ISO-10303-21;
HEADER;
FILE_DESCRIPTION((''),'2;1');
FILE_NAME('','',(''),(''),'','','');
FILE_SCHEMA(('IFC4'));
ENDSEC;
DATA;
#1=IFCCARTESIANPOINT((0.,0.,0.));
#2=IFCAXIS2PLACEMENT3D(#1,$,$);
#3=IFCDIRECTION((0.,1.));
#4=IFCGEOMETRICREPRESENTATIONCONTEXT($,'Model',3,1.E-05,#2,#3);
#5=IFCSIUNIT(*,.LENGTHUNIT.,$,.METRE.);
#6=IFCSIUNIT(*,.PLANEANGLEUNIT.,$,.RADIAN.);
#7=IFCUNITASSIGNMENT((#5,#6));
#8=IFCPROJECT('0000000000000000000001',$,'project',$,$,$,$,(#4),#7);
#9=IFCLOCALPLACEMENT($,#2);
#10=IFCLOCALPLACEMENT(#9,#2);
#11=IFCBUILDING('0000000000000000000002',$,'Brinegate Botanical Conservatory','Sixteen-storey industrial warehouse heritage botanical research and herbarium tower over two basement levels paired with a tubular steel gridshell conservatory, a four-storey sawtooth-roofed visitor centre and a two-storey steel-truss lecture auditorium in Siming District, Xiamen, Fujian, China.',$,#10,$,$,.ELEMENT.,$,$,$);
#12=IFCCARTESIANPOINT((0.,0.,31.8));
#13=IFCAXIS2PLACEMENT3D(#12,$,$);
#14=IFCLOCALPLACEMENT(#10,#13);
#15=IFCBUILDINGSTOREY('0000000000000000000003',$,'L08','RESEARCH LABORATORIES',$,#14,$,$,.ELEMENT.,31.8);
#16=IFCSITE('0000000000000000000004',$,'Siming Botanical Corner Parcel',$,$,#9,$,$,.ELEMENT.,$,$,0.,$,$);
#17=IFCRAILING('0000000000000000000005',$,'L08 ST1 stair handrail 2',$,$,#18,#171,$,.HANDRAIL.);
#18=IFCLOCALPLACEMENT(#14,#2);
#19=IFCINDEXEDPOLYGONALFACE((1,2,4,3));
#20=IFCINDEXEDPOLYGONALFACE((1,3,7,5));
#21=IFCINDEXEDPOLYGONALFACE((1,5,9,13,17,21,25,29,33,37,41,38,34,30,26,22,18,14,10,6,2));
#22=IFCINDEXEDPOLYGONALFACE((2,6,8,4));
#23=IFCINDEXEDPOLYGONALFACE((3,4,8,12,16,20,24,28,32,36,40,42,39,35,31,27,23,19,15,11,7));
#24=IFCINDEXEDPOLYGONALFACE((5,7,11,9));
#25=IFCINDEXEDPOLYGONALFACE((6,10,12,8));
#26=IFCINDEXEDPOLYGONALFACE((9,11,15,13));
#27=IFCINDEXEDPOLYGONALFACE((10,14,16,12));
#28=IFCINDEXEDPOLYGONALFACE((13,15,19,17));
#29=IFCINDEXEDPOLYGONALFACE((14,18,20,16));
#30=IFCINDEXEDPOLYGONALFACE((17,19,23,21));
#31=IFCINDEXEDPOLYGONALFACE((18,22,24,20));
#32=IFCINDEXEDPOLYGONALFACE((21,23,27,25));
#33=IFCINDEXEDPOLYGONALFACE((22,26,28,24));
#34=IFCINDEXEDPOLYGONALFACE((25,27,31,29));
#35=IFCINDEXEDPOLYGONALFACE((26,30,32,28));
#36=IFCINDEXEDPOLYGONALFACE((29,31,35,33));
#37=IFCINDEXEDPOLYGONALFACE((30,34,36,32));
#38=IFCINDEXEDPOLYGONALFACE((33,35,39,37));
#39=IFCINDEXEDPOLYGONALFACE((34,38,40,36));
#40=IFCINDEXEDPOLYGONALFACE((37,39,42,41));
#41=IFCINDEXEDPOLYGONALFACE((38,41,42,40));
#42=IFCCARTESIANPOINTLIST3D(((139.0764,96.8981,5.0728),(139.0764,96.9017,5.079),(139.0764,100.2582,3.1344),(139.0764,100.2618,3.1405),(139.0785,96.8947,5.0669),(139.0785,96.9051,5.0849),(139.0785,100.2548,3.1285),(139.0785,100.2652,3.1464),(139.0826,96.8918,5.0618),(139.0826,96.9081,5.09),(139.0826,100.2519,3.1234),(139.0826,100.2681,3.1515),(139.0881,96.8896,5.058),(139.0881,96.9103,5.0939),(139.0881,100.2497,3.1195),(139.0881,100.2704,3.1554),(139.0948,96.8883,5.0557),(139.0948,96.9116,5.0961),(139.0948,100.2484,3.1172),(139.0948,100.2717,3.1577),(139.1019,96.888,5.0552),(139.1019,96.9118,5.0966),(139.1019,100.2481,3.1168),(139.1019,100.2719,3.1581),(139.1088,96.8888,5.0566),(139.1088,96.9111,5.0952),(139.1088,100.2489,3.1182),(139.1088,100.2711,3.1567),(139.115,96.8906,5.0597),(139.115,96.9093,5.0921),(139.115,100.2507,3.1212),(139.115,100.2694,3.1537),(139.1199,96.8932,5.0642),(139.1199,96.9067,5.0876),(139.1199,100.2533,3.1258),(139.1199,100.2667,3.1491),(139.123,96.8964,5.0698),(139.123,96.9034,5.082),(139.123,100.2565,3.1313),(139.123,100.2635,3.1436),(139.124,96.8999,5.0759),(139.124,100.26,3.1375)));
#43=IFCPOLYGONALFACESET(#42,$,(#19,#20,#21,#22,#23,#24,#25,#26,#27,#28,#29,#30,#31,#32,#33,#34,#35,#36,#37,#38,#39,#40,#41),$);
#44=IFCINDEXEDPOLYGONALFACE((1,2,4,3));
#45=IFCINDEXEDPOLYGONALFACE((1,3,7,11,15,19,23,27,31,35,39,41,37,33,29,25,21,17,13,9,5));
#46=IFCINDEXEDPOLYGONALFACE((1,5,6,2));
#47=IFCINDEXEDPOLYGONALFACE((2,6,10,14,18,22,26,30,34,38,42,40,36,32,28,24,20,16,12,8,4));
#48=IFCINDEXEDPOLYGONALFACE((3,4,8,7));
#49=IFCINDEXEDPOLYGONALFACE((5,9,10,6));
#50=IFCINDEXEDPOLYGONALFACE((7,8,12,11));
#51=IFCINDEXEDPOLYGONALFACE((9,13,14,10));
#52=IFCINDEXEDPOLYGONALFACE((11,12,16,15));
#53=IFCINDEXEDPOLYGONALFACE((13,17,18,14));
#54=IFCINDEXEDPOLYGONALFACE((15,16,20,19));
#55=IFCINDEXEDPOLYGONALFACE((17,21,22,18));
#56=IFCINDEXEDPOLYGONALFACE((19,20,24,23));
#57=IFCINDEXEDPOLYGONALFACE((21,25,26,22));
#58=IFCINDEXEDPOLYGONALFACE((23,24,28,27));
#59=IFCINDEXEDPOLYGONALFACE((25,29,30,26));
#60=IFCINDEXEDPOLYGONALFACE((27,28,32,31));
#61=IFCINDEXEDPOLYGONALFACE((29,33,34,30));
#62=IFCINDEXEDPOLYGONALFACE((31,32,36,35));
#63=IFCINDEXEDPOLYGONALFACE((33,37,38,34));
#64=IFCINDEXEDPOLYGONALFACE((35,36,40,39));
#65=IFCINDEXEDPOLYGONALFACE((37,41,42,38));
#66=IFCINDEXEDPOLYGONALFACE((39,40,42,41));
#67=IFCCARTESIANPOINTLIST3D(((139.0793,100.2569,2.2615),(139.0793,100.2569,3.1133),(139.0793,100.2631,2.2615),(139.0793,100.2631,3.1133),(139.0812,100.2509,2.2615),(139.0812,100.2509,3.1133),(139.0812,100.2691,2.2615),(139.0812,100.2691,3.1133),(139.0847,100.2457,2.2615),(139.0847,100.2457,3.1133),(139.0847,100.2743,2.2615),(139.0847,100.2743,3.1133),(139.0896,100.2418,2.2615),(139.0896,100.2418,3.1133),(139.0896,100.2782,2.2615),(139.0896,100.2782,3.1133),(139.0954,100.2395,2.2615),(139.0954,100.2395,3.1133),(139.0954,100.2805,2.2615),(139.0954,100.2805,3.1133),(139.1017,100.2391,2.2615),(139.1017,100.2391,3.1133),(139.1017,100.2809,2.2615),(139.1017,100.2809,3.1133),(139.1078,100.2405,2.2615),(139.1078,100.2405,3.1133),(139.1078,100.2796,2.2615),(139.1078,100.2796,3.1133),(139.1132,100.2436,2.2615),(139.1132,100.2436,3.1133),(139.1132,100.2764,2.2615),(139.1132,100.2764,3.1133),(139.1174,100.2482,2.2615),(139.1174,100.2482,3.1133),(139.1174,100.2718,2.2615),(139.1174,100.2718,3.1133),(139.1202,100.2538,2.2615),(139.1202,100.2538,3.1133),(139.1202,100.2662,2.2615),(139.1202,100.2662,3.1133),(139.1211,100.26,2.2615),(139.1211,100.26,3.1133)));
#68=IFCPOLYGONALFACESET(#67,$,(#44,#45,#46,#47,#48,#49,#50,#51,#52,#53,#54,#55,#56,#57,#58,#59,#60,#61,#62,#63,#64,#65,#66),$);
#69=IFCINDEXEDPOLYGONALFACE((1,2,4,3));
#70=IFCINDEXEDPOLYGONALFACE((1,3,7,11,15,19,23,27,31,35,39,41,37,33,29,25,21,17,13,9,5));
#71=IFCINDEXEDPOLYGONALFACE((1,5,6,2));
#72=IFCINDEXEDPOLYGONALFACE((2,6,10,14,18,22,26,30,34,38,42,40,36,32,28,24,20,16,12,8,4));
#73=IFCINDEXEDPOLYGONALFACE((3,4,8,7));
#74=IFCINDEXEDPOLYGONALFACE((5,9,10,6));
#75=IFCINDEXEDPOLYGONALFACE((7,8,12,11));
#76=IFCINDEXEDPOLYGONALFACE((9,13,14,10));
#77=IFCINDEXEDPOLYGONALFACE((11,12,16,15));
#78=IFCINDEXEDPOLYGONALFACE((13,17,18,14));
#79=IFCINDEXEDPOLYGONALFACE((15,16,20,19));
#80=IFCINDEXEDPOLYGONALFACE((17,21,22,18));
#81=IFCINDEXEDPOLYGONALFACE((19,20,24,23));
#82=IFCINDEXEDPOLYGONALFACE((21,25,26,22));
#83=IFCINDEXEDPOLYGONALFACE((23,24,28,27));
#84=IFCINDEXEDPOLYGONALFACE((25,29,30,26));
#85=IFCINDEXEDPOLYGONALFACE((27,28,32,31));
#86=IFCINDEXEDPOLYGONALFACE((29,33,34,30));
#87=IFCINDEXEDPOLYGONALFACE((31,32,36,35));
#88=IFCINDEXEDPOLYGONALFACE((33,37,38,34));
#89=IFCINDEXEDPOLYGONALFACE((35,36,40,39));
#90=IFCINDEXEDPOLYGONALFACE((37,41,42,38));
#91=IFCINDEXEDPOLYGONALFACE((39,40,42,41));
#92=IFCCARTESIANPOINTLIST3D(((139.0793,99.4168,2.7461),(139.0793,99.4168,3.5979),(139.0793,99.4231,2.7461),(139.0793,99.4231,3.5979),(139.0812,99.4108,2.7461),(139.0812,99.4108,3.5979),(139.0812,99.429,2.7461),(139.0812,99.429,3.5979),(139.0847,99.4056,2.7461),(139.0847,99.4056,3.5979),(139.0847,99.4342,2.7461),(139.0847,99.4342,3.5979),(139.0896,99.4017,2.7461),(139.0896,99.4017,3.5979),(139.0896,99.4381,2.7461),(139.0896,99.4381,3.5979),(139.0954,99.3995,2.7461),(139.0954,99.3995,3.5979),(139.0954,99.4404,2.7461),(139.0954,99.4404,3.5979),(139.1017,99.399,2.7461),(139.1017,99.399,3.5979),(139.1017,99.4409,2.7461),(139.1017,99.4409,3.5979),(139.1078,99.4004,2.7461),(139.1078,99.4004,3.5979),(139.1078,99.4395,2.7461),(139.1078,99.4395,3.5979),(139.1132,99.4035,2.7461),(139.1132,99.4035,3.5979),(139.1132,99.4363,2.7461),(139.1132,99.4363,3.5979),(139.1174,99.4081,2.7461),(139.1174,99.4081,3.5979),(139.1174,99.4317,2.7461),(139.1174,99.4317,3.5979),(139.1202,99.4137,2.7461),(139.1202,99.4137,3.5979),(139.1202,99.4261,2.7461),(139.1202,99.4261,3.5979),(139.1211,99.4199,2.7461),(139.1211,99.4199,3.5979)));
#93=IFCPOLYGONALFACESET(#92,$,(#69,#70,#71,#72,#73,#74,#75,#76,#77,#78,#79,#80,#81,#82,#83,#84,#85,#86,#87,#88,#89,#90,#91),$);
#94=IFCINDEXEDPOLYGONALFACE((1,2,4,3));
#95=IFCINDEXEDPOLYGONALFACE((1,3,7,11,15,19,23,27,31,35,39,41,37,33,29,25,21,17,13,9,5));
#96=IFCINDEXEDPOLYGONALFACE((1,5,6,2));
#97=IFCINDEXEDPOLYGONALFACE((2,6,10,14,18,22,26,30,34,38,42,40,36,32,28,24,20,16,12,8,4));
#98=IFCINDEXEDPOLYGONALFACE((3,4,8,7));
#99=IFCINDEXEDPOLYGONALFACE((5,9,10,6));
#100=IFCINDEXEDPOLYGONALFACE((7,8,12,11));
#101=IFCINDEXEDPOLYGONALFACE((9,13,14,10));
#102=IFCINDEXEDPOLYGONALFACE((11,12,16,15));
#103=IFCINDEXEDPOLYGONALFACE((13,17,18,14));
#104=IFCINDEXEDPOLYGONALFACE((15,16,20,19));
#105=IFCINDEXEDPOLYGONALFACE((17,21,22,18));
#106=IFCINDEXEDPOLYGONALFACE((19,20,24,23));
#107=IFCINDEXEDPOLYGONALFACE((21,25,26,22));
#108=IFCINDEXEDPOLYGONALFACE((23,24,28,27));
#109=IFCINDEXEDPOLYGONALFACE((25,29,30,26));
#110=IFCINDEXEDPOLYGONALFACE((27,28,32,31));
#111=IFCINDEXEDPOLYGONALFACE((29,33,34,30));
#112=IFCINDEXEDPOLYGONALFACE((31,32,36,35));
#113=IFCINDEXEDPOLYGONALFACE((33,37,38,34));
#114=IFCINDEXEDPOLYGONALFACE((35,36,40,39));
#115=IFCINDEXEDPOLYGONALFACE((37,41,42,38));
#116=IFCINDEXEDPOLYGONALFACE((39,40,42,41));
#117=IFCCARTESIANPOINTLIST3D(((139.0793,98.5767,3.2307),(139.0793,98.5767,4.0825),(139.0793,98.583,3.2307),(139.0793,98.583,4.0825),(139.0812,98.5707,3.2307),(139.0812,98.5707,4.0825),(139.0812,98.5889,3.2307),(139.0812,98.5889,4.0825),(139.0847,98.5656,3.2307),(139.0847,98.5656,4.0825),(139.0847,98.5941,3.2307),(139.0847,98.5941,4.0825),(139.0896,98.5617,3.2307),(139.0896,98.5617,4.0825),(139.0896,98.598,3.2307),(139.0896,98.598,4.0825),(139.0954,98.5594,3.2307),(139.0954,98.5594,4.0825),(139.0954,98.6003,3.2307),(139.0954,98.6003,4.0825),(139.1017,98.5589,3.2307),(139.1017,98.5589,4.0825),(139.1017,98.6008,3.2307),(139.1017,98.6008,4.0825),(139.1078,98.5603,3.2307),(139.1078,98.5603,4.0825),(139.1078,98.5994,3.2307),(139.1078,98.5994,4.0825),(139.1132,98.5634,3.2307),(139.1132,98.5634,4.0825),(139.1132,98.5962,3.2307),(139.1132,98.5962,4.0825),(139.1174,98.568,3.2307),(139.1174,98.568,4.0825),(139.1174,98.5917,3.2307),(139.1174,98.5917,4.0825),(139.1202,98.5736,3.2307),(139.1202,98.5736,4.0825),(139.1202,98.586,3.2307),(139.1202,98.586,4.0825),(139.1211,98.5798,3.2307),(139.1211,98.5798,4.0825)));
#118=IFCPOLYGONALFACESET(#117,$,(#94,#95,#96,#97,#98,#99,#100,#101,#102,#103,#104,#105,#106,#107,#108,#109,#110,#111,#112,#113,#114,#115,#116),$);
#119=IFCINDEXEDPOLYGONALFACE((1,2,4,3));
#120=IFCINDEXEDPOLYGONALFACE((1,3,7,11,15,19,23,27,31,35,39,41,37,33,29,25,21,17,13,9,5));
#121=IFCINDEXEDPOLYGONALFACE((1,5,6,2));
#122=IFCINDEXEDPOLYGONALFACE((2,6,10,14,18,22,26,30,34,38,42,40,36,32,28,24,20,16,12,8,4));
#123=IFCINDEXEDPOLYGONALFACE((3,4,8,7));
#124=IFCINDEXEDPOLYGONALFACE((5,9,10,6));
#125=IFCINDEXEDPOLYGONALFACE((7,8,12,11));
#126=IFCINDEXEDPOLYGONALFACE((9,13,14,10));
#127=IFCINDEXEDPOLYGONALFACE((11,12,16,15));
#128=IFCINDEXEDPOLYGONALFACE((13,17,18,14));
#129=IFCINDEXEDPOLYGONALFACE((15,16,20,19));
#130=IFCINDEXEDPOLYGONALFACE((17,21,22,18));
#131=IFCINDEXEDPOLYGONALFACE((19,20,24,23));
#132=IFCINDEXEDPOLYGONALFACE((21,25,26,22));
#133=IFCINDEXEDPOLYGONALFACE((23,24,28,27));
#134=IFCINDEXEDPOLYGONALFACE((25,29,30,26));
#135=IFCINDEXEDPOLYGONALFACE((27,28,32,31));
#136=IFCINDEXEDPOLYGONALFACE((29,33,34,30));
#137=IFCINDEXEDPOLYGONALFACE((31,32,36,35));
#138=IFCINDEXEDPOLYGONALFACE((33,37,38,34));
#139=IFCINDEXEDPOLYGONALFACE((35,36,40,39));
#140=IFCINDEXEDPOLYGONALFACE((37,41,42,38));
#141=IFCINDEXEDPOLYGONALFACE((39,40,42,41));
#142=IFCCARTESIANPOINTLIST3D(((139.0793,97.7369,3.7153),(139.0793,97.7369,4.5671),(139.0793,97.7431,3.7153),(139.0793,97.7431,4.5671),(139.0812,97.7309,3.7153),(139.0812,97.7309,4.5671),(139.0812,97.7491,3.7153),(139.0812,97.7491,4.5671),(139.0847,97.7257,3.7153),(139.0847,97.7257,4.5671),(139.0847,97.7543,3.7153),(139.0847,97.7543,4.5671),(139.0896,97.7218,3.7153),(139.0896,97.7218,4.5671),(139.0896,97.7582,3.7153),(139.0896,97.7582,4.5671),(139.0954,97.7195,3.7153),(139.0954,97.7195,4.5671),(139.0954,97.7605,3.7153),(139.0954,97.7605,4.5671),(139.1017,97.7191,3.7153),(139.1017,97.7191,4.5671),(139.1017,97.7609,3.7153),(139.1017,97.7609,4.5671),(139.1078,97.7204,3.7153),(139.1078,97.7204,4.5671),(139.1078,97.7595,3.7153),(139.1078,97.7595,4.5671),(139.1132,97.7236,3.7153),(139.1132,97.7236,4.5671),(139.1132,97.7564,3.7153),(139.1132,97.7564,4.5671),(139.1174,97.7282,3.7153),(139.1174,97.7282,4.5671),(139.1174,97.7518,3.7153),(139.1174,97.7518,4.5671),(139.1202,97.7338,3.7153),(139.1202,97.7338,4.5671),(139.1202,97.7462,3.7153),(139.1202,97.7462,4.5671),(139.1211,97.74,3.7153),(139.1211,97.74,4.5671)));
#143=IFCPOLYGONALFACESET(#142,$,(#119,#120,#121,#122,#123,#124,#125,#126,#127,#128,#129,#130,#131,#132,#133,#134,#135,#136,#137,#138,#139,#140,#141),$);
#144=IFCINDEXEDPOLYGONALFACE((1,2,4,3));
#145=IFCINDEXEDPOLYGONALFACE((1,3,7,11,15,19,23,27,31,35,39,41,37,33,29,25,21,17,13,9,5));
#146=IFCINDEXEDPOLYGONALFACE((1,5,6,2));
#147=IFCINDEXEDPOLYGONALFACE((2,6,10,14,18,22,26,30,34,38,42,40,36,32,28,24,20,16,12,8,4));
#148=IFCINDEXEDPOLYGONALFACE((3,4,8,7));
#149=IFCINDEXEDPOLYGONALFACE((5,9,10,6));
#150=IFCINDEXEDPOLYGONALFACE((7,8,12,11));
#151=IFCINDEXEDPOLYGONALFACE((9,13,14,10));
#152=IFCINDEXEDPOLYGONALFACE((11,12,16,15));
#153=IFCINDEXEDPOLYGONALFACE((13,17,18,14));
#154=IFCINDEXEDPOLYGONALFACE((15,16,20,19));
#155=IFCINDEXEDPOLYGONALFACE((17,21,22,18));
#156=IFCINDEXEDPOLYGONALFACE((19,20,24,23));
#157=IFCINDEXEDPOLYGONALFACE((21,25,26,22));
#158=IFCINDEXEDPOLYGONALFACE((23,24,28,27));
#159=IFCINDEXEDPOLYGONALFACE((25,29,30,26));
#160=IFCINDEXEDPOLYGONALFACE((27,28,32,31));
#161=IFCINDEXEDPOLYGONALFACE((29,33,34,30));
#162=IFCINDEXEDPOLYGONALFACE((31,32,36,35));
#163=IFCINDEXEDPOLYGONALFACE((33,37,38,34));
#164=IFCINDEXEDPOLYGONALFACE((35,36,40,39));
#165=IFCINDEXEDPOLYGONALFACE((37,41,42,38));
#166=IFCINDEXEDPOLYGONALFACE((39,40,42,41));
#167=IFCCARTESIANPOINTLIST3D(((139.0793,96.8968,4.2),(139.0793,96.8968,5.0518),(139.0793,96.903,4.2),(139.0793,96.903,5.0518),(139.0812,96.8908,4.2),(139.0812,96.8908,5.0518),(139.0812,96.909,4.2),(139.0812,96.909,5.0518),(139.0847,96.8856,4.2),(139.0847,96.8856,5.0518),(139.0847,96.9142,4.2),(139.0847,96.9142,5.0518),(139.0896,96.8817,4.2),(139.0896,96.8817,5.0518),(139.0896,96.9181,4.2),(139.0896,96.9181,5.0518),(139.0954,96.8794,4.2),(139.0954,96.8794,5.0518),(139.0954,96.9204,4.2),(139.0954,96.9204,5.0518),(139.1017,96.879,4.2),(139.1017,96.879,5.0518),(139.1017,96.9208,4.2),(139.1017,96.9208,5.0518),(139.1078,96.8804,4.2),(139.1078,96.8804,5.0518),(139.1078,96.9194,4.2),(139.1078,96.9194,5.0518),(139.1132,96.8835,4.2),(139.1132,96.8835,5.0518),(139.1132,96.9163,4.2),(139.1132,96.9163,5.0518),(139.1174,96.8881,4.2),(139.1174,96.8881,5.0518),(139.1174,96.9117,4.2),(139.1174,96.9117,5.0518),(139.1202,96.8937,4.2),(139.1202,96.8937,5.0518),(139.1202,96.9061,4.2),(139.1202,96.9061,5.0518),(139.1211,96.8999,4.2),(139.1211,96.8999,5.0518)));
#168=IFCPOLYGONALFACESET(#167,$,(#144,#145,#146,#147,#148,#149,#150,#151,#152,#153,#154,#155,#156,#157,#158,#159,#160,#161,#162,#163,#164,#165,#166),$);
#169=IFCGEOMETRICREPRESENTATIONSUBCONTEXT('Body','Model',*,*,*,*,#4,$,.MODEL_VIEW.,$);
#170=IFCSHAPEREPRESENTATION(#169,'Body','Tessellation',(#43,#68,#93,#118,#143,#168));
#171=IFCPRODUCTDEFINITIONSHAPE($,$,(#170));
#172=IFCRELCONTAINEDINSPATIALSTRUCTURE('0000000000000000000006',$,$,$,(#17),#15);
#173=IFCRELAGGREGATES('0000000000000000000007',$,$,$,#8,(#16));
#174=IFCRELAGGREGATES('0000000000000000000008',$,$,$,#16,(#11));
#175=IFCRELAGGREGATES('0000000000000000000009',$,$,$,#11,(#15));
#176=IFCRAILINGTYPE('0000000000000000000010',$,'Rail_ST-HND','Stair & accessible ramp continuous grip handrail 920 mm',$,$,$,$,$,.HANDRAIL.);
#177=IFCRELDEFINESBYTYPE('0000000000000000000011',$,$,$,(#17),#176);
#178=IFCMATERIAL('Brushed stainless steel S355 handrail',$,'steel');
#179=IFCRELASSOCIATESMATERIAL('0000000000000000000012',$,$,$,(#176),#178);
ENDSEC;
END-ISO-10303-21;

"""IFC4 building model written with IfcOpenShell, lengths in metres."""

from ifc_helpers import new_model, si_unit, direction, frame, origin, origin_2d, place, context, subcontext, project, spatial, circle, extrude, material, type_object, element, save


model = new_model("IFC4")

# Units and contexts
model_context = context("Model", 3, precision=1e-05, world=origin(), true_north=direction((0.0, 1.0)))
body_context = subcontext(model_context, "Body", "Model", "MODEL_VIEW")
ifc_project = project(units=[si_unit("LENGTHUNIT", "METRE"), si_unit("PLANEANGLEUNIT", "RADIAN")], contexts=[model_context])

# Site, building, storey
site_placement = place(None, origin())
site = spatial("IfcSite", under=ifc_project, at=site_placement, Name="Siming Botanical Corner Parcel", CompositionType="ELEMENT", RefElevation=0.0)
building_placement = place(site_placement, origin())
building = spatial("IfcBuilding", under=site, at=building_placement, Name="Brinegate Botanical Conservatory", Description="Sixteen-storey industrial warehouse heritage botanical research and herbarium tower over two basement levels paired with a tubular steel gridshell conservatory, a four-storey sawtooth-roofed visitor centre and a two-storey steel-truss lecture auditorium in Siming District, Xiamen, Fujian, China.", CompositionType="ELEMENT")
storey_placement = place(building_placement, frame((0.0, 0.0, 31.8)))
storey = spatial("IfcBuildingStorey", under=building, at=storey_placement, Name="L08", Description="RESEARCH LABORATORIES", CompositionType="ELEMENT", Elevation=31.8)

# Railing
ifc_material_1 = material(Name="Brushed stainless steel S355 handrail", Category="steel")
railing_type_1 = type_object("IfcRailingType", Name="Rail_ST-HND", Description="Stair & accessible ramp continuous grip handrail 920 mm", PredefinedType="HANDRAIL", material=ifc_material_1)
railing_1_placement = place(storey_placement, frame((139.1001, 100.26, 2.2615)))
element("IfcRailing", 1, at=railing_1_placement, inside=storey, type_object=railing_type_1, Name="L08 ST1 stair handrail 2", PredefinedType="HANDRAIL", context=body_context, shape_type="SweptSolid", body=[
    extrude(circle(Radius=0.0239, at=origin_2d()), frame((0.0, 0.0, 0.876), z_axis=(0.0, -0.866191, 0.499713), x_axis=(1.0, 0.0, 0.0)), (0.0, 0.0, 1.0), 3.8792),
    extrude(circle(Radius=0.021, at=origin_2d()), origin(), (0.0, 0.0, 1.0), 0.8518),
    extrude(circle(Radius=0.021, at=origin_2d()), frame((0.0, -0.8401, 0.4846)), (0.0, 0.0, 1.0), 0.8518),
    extrude(circle(Radius=0.021, at=origin_2d()), frame((0.0, -1.6802, 0.9692)), (0.0, 0.0, 1.0), 0.8518),
    extrude(circle(Radius=0.021, at=origin_2d()), frame((0.0, -2.52, 1.4539)), (0.0, 0.0, 1.0), 0.8518),
    extrude(circle(Radius=0.021, at=origin_2d()), frame((0.0, -3.3601, 1.9385)), (0.0, 0.0, 1.0), 0.8518),
])

save(model, "model.ifc")
